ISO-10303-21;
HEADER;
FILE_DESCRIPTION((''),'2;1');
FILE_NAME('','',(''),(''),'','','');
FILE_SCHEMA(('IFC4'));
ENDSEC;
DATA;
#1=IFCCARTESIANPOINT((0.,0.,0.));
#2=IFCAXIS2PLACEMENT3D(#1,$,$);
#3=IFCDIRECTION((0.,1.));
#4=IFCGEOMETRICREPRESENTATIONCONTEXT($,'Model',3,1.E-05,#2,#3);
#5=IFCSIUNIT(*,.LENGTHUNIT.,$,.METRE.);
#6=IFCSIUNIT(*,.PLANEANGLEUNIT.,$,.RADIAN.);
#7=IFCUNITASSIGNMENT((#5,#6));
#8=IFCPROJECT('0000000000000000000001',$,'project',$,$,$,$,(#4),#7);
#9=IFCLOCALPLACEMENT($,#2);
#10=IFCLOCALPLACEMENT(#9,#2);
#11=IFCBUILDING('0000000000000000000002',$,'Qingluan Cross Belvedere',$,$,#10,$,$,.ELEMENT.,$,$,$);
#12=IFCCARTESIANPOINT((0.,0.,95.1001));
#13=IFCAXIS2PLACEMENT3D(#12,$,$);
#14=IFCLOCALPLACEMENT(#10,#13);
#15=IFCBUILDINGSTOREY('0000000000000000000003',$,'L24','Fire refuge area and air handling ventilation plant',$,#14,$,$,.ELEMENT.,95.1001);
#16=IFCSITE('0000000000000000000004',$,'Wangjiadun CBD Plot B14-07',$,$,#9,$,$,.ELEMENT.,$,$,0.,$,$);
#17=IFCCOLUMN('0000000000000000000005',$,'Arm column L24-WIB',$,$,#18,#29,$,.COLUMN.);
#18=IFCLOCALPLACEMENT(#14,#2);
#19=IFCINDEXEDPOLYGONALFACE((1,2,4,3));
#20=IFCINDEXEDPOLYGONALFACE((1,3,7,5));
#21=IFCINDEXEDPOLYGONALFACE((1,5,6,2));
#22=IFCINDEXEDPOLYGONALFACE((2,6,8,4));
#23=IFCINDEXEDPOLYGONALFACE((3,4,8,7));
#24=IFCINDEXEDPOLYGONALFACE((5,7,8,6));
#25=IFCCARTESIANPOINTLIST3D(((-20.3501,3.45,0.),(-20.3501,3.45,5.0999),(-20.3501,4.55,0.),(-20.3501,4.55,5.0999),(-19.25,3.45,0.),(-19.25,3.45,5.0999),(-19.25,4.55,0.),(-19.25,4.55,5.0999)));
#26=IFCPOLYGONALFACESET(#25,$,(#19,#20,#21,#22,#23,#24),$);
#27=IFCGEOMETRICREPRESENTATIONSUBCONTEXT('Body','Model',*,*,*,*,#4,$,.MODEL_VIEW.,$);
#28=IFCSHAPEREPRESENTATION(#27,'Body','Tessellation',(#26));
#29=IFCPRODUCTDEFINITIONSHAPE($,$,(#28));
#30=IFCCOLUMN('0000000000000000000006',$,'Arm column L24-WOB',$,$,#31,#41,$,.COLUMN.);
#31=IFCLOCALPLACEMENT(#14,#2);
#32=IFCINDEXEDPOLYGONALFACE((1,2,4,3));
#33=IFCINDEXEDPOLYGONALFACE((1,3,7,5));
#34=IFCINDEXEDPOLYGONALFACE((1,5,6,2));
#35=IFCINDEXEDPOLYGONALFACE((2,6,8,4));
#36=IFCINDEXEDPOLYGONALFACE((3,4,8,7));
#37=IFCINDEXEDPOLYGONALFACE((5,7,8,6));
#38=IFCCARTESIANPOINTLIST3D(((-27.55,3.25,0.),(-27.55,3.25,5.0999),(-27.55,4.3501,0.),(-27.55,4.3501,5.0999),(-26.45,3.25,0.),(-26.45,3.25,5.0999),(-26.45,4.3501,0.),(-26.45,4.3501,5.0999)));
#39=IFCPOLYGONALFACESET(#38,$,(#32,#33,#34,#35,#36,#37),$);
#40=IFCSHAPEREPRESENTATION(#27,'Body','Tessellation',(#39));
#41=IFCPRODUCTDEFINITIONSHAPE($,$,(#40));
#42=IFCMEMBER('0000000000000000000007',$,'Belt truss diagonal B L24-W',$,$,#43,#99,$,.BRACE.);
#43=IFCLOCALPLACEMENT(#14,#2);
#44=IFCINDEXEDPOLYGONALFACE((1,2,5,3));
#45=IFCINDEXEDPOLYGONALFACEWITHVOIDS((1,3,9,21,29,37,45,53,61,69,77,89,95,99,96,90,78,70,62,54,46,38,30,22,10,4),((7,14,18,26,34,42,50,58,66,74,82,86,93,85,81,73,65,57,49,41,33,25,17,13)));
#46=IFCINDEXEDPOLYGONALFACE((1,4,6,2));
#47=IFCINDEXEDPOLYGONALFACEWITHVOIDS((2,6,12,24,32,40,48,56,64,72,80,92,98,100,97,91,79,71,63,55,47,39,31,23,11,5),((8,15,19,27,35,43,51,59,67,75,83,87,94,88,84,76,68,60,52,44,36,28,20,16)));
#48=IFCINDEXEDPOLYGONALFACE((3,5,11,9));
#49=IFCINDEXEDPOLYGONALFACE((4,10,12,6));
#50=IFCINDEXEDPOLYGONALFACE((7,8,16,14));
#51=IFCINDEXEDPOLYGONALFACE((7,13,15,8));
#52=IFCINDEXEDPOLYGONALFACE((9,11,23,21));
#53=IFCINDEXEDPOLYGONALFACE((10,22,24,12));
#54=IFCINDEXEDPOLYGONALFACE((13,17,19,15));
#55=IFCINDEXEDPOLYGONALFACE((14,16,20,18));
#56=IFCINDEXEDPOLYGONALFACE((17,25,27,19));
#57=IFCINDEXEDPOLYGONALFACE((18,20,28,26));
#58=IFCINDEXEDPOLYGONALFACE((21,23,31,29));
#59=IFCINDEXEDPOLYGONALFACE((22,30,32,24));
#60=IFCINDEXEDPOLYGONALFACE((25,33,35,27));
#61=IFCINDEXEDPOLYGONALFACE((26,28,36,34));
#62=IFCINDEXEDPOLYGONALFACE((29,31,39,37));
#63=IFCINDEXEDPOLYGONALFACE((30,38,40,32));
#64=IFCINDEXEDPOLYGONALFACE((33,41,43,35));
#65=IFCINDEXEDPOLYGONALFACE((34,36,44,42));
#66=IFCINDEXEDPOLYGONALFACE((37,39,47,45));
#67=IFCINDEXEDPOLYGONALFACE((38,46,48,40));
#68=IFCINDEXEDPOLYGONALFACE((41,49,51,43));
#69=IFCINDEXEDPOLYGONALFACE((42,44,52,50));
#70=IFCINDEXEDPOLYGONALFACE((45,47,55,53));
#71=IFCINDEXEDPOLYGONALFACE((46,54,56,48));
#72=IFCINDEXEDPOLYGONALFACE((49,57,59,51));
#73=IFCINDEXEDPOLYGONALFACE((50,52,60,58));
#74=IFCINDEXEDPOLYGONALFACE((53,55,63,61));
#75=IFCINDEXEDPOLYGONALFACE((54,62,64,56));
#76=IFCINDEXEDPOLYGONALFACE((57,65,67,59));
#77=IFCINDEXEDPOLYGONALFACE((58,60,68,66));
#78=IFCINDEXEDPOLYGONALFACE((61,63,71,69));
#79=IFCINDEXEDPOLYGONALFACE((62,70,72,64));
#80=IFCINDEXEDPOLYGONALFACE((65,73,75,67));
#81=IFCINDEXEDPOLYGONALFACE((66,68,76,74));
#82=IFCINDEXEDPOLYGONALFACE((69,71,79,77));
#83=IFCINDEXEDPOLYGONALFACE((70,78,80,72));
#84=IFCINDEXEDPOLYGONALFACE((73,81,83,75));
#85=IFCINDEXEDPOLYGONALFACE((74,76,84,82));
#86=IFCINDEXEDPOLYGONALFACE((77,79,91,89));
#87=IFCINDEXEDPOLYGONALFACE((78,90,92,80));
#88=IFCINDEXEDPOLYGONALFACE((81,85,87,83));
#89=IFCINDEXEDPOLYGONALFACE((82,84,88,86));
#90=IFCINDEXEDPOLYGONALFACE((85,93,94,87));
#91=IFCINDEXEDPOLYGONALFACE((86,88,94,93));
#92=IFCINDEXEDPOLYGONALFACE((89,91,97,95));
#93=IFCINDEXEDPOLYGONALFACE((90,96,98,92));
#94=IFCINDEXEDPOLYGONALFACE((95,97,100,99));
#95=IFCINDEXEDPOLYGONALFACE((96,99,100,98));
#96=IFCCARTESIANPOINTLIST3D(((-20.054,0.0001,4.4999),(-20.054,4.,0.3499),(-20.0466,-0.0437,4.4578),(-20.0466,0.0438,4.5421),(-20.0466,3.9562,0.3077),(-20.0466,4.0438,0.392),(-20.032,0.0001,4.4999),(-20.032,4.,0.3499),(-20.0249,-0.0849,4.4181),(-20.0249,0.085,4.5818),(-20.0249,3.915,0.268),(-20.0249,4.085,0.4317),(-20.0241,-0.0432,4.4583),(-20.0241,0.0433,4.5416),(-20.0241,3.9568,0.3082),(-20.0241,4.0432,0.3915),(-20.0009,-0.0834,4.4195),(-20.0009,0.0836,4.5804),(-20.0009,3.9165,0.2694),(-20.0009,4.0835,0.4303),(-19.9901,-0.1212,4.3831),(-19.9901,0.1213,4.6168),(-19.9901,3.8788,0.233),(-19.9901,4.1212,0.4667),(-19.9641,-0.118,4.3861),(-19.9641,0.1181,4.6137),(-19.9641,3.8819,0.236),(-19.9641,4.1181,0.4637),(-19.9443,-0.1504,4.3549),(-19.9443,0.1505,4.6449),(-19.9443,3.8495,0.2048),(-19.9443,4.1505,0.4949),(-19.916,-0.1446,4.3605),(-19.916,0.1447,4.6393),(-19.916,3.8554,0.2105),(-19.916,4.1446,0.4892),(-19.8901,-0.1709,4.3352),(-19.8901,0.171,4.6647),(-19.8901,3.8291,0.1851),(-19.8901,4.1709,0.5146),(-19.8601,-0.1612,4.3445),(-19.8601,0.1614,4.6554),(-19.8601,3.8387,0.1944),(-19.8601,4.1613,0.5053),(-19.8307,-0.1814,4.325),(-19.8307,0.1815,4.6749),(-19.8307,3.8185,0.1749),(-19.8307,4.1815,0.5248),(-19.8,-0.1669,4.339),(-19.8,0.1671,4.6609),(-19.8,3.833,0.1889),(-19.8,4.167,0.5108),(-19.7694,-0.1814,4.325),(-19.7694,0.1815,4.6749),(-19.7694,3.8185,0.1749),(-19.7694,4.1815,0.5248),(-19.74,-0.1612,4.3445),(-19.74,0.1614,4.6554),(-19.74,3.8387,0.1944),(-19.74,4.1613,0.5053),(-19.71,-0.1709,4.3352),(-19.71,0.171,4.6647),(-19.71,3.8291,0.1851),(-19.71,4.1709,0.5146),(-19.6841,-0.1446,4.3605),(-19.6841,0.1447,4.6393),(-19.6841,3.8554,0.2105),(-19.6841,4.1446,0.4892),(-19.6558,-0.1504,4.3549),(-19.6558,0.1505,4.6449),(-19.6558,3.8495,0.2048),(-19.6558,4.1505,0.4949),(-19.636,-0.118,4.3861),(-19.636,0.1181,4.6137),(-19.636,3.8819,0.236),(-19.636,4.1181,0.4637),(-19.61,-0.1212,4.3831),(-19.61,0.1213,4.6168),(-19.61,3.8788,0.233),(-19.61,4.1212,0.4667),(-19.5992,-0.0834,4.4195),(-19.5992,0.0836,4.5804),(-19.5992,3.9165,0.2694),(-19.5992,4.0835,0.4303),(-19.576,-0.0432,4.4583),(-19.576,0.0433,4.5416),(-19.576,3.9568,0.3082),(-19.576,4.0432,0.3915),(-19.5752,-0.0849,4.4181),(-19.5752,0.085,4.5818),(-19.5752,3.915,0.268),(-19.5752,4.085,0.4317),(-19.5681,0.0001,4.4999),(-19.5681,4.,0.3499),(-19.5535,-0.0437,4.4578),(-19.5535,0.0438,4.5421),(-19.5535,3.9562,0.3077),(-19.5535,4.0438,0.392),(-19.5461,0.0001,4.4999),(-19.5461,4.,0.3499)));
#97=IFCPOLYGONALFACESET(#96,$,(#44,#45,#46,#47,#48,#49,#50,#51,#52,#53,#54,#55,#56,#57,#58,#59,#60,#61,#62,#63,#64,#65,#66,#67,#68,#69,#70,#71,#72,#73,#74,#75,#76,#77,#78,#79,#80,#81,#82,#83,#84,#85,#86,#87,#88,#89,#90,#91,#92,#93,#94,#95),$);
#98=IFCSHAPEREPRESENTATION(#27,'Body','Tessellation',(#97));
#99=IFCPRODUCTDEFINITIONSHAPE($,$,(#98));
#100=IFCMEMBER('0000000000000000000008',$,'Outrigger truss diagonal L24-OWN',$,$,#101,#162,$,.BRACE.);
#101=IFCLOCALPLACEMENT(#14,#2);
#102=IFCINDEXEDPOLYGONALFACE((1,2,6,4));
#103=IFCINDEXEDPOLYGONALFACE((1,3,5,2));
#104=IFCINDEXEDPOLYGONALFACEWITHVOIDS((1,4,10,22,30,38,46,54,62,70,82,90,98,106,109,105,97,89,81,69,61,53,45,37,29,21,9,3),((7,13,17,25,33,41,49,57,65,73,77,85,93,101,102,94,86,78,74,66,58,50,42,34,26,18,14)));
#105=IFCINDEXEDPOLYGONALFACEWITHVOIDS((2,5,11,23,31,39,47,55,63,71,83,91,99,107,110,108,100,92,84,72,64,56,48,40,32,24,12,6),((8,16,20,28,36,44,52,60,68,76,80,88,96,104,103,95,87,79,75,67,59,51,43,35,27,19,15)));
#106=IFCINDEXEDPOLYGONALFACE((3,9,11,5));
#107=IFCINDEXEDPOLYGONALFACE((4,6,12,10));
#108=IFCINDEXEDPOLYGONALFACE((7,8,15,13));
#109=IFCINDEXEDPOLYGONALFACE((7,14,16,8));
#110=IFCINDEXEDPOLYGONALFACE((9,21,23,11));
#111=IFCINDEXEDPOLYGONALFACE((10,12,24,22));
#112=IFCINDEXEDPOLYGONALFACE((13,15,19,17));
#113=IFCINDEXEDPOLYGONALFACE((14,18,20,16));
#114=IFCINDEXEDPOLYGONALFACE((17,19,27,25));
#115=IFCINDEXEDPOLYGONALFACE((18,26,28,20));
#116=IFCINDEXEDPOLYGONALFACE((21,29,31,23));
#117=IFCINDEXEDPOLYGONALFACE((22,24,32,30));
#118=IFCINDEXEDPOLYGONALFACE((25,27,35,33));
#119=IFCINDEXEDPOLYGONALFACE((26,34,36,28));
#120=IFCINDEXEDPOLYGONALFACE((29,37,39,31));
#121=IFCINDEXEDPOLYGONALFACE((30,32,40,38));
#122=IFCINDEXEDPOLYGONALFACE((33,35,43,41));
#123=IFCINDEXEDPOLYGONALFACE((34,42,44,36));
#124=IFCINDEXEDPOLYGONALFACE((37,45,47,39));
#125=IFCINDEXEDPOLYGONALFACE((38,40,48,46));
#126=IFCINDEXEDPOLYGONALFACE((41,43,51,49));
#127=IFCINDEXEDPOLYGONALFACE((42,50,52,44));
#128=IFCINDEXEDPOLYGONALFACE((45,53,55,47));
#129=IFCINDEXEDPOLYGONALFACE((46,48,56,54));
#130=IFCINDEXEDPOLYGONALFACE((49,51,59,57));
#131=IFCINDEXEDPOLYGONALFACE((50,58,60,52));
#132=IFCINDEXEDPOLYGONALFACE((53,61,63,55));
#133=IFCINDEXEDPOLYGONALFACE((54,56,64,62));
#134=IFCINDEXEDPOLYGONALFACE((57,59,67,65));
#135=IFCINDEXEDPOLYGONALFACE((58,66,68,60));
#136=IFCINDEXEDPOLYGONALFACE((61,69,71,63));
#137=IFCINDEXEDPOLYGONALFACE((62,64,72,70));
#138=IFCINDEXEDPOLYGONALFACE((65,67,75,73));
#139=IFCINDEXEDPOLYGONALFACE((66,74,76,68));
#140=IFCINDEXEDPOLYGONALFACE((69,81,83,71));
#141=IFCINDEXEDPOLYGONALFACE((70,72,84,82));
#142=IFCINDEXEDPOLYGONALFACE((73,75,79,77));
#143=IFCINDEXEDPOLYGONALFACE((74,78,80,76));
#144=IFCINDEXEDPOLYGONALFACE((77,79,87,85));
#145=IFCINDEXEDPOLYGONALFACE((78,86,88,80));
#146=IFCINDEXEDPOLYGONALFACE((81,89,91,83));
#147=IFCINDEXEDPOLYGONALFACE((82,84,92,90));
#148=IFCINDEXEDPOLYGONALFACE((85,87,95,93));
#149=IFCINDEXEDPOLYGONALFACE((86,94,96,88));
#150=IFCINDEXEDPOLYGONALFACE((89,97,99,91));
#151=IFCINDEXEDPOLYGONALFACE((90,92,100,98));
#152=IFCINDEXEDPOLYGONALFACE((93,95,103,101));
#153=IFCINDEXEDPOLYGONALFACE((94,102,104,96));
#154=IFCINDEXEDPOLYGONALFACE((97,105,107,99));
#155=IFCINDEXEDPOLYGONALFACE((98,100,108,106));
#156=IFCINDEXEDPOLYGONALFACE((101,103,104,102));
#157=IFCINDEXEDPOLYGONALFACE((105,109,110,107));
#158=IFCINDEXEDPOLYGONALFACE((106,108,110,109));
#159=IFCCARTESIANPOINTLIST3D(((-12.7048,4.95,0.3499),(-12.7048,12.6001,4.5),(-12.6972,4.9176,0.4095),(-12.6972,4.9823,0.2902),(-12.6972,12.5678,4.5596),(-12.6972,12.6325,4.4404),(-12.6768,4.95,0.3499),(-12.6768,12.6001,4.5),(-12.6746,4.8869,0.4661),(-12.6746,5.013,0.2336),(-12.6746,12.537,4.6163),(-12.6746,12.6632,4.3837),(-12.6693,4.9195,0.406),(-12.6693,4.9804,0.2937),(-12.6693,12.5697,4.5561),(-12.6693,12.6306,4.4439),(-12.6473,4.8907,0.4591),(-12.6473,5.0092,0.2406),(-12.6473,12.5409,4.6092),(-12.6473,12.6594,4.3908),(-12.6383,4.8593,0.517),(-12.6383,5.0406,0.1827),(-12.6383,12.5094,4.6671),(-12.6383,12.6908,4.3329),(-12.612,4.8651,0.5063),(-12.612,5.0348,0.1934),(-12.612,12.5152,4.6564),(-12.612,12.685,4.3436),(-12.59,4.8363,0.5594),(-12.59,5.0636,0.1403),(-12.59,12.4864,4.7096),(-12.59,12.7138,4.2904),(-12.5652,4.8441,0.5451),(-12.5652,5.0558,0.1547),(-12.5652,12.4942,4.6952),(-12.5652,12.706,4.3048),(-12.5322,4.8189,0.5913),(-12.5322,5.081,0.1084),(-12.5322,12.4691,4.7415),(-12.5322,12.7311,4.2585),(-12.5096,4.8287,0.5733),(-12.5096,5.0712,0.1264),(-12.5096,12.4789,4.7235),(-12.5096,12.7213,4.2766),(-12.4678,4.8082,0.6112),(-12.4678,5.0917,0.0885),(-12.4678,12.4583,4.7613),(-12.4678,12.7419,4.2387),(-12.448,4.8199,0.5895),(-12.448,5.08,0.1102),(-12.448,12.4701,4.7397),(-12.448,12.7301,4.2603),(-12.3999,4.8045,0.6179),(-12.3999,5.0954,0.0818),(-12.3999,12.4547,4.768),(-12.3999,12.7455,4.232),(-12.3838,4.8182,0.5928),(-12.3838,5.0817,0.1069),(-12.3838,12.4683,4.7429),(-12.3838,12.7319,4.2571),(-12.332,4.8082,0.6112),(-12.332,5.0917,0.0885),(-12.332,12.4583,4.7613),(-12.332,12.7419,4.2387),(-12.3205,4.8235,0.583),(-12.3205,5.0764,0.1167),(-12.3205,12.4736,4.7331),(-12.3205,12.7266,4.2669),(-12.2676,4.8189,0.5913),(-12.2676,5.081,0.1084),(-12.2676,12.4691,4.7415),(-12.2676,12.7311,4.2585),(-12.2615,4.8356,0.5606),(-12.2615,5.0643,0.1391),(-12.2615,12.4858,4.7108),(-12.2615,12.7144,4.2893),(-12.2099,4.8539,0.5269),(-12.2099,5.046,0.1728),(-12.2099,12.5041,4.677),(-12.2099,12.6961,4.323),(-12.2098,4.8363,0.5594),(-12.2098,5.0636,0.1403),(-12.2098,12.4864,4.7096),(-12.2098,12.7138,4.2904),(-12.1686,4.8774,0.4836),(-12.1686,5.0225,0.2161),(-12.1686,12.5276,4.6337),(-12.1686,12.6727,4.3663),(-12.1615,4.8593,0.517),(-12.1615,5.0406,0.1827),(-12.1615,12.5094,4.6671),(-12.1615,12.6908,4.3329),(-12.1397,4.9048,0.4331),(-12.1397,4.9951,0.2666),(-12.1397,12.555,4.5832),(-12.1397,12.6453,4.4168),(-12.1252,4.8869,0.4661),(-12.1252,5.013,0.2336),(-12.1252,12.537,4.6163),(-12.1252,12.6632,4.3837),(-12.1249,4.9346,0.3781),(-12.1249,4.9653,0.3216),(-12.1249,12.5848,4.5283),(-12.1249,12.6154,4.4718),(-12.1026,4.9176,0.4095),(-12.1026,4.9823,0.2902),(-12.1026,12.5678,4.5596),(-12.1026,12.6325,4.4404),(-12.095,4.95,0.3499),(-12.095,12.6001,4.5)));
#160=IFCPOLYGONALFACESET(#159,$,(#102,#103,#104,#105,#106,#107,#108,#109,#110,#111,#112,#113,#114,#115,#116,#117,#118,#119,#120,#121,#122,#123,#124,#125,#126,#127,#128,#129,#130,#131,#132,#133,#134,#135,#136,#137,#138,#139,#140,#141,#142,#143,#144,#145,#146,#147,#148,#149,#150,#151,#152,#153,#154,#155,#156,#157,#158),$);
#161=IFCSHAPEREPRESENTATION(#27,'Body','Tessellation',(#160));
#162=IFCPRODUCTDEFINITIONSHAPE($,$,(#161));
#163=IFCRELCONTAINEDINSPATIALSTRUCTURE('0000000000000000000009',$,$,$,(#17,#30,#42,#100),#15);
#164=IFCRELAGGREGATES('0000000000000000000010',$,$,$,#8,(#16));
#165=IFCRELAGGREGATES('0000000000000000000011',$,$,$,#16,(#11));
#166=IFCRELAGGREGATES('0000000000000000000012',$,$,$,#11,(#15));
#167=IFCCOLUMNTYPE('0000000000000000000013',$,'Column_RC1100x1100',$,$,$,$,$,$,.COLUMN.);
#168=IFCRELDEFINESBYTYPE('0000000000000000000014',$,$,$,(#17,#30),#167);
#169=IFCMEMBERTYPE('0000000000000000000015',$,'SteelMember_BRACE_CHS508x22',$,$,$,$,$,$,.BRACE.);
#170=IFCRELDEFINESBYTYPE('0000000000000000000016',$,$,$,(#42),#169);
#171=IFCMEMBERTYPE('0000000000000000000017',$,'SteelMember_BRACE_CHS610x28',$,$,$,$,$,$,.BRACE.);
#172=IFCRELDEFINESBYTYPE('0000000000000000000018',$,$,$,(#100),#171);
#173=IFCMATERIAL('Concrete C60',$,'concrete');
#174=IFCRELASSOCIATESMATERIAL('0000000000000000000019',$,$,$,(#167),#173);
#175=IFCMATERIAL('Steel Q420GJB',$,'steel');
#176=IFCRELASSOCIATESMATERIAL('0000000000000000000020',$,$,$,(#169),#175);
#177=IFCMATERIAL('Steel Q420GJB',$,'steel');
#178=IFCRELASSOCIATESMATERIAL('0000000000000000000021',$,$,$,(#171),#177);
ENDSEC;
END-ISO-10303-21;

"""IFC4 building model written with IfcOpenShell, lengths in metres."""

from ifc_helpers import new_model, si_unit, direction, frame, origin, origin_2d, place, context, subcontext, project, spatial, rectangle, hollow_circle, extrude, material, material_profile, profile_set, type_object, element, save


model = new_model("IFC4")

# Units and contexts
model_context = context("Model", 3, precision=1e-05, world=origin(), true_north=direction((0.0, 1.0)))
body_context = subcontext(model_context, "Body", "Model", "MODEL_VIEW")
ifc_project = project(units=[si_unit("LENGTHUNIT", "METRE"), si_unit("PLANEANGLEUNIT", "RADIAN")], contexts=[model_context])

# Site, building, storey
site_placement = place(None, origin())
site = spatial("IfcSite", under=ifc_project, at=site_placement, Name="Wangjiadun CBD Plot B14-07", CompositionType="ELEMENT", RefElevation=0.0)
building_placement = place(site_placement, origin())
building = spatial("IfcBuilding", under=site, at=building_placement, Name="Qingluan Cross Belvedere", CompositionType="ELEMENT")
storey_placement = place(building_placement, frame((0.0, 0.0, 95.1001)))
storey = spatial("IfcBuildingStorey", under=building, at=storey_placement, Name="L24", Description="Fire refuge area and air handling ventilation plant", CompositionType="ELEMENT", Elevation=95.1001)

# Columns
ifc_material_1 = material(Name="Concrete C60", Category="concrete")
ifc_material_profile_1 = material_profile(ifc_material_1, rectangle(XDim=1.1001, YDim=1.1001, at=origin_2d()), Name="RC1100x1100")
ifc_profile_set_1 = profile_set([ifc_material_profile_1], Name="Concrete C60")
column_type = type_object("IfcColumnType", Name="Column_RC1100x1100", PredefinedType="COLUMN", material=ifc_profile_set_1)
for number, where, z_axis, x_axis, name in (
    (1, (-19.8, 4.0, 0.0), (0.0, 0.0, 1.0), (1.0, 0.0, 0.0), "Arm column L24-WIB"),
    (2, (-27.0, 3.8, 0.0), (0.0, 0.0, 1.0), (1.0, 0.0, 0.0), "Arm column L24-WOB"),
):
    element("IfcColumn", number, at=place(storey_placement, frame(where, z_axis=z_axis, x_axis=x_axis)), inside=storey, type_object=column_type, Name=name, PredefinedType="COLUMN", context=body_context, shape_type="SweptSolid", body=[
        extrude(rectangle(XDim=1.1001, YDim=1.1001, at=origin_2d()), origin(), (0.0, 0.0, 1.0), 5.0999),
    ])

# Members
ifc_material_2 = material(Name="Steel Q420GJB", Category="steel")
ifc_material_profile_2 = material_profile(ifc_material_2, hollow_circle(Radius=0.2539, WallThickness=0.022, at=origin_2d()), Name="CHS508x22")
ifc_profile_set_2 = profile_set([ifc_material_profile_2], Name="Steel Q420GJB")
member_type_1 = type_object("IfcMemberType", Name="SteelMember_BRACE_CHS508x22", PredefinedType="BRACE", material=ifc_profile_set_2)
member_1_placement = place(storey_placement, frame((-19.8, 4.0, 0.3499), z_axis=(0.0, -0.693962, 0.720011), x_axis=(1.0, 0.0, 0.0)))
element("IfcMember", 3, at=member_1_placement, inside=storey, type_object=member_type_1, Name="Belt truss diagonal B L24-W", PredefinedType="BRACE", context=body_context, shape_type="SweptSolid", body=[
    extrude(hollow_circle(Radius=0.2539, WallThickness=0.022, at=origin_2d()), origin(), (0.0, 0.0, 1.0), 5.7639),
])
ifc_material_3 = material(Name="Steel Q420GJB", Category="steel")
ifc_material_profile_3 = material_profile(ifc_material_3, hollow_circle(Radius=0.3049, WallThickness=0.0281, at=origin_2d()), Name="CHS610x28")
ifc_profile_set_3 = profile_set([ifc_material_profile_3], Name="Steel Q420GJB")
member_type_2 = type_object("IfcMemberType", Name="SteelMember_BRACE_CHS610x28", PredefinedType="BRACE", material=ifc_profile_set_3)
member_2_placement = place(storey_placement, frame((-12.3999, 4.95, 0.3499), z_axis=(0.0, 0.878988, 0.476844), x_axis=(-1.0, 0.0, 0.0)))
element("IfcMember", 4, at=member_2_placement, inside=storey, type_object=member_type_2, Name="Outrigger truss diagonal L24-OWN", PredefinedType="BRACE", context=body_context, shape_type="SweptSolid", body=[
    extrude(hollow_circle(Radius=0.3049, WallThickness=0.0281, at=origin_2d()), origin(), (0.0, 0.0, 1.0), 8.7034),
])

save(model, "model.ifc")
